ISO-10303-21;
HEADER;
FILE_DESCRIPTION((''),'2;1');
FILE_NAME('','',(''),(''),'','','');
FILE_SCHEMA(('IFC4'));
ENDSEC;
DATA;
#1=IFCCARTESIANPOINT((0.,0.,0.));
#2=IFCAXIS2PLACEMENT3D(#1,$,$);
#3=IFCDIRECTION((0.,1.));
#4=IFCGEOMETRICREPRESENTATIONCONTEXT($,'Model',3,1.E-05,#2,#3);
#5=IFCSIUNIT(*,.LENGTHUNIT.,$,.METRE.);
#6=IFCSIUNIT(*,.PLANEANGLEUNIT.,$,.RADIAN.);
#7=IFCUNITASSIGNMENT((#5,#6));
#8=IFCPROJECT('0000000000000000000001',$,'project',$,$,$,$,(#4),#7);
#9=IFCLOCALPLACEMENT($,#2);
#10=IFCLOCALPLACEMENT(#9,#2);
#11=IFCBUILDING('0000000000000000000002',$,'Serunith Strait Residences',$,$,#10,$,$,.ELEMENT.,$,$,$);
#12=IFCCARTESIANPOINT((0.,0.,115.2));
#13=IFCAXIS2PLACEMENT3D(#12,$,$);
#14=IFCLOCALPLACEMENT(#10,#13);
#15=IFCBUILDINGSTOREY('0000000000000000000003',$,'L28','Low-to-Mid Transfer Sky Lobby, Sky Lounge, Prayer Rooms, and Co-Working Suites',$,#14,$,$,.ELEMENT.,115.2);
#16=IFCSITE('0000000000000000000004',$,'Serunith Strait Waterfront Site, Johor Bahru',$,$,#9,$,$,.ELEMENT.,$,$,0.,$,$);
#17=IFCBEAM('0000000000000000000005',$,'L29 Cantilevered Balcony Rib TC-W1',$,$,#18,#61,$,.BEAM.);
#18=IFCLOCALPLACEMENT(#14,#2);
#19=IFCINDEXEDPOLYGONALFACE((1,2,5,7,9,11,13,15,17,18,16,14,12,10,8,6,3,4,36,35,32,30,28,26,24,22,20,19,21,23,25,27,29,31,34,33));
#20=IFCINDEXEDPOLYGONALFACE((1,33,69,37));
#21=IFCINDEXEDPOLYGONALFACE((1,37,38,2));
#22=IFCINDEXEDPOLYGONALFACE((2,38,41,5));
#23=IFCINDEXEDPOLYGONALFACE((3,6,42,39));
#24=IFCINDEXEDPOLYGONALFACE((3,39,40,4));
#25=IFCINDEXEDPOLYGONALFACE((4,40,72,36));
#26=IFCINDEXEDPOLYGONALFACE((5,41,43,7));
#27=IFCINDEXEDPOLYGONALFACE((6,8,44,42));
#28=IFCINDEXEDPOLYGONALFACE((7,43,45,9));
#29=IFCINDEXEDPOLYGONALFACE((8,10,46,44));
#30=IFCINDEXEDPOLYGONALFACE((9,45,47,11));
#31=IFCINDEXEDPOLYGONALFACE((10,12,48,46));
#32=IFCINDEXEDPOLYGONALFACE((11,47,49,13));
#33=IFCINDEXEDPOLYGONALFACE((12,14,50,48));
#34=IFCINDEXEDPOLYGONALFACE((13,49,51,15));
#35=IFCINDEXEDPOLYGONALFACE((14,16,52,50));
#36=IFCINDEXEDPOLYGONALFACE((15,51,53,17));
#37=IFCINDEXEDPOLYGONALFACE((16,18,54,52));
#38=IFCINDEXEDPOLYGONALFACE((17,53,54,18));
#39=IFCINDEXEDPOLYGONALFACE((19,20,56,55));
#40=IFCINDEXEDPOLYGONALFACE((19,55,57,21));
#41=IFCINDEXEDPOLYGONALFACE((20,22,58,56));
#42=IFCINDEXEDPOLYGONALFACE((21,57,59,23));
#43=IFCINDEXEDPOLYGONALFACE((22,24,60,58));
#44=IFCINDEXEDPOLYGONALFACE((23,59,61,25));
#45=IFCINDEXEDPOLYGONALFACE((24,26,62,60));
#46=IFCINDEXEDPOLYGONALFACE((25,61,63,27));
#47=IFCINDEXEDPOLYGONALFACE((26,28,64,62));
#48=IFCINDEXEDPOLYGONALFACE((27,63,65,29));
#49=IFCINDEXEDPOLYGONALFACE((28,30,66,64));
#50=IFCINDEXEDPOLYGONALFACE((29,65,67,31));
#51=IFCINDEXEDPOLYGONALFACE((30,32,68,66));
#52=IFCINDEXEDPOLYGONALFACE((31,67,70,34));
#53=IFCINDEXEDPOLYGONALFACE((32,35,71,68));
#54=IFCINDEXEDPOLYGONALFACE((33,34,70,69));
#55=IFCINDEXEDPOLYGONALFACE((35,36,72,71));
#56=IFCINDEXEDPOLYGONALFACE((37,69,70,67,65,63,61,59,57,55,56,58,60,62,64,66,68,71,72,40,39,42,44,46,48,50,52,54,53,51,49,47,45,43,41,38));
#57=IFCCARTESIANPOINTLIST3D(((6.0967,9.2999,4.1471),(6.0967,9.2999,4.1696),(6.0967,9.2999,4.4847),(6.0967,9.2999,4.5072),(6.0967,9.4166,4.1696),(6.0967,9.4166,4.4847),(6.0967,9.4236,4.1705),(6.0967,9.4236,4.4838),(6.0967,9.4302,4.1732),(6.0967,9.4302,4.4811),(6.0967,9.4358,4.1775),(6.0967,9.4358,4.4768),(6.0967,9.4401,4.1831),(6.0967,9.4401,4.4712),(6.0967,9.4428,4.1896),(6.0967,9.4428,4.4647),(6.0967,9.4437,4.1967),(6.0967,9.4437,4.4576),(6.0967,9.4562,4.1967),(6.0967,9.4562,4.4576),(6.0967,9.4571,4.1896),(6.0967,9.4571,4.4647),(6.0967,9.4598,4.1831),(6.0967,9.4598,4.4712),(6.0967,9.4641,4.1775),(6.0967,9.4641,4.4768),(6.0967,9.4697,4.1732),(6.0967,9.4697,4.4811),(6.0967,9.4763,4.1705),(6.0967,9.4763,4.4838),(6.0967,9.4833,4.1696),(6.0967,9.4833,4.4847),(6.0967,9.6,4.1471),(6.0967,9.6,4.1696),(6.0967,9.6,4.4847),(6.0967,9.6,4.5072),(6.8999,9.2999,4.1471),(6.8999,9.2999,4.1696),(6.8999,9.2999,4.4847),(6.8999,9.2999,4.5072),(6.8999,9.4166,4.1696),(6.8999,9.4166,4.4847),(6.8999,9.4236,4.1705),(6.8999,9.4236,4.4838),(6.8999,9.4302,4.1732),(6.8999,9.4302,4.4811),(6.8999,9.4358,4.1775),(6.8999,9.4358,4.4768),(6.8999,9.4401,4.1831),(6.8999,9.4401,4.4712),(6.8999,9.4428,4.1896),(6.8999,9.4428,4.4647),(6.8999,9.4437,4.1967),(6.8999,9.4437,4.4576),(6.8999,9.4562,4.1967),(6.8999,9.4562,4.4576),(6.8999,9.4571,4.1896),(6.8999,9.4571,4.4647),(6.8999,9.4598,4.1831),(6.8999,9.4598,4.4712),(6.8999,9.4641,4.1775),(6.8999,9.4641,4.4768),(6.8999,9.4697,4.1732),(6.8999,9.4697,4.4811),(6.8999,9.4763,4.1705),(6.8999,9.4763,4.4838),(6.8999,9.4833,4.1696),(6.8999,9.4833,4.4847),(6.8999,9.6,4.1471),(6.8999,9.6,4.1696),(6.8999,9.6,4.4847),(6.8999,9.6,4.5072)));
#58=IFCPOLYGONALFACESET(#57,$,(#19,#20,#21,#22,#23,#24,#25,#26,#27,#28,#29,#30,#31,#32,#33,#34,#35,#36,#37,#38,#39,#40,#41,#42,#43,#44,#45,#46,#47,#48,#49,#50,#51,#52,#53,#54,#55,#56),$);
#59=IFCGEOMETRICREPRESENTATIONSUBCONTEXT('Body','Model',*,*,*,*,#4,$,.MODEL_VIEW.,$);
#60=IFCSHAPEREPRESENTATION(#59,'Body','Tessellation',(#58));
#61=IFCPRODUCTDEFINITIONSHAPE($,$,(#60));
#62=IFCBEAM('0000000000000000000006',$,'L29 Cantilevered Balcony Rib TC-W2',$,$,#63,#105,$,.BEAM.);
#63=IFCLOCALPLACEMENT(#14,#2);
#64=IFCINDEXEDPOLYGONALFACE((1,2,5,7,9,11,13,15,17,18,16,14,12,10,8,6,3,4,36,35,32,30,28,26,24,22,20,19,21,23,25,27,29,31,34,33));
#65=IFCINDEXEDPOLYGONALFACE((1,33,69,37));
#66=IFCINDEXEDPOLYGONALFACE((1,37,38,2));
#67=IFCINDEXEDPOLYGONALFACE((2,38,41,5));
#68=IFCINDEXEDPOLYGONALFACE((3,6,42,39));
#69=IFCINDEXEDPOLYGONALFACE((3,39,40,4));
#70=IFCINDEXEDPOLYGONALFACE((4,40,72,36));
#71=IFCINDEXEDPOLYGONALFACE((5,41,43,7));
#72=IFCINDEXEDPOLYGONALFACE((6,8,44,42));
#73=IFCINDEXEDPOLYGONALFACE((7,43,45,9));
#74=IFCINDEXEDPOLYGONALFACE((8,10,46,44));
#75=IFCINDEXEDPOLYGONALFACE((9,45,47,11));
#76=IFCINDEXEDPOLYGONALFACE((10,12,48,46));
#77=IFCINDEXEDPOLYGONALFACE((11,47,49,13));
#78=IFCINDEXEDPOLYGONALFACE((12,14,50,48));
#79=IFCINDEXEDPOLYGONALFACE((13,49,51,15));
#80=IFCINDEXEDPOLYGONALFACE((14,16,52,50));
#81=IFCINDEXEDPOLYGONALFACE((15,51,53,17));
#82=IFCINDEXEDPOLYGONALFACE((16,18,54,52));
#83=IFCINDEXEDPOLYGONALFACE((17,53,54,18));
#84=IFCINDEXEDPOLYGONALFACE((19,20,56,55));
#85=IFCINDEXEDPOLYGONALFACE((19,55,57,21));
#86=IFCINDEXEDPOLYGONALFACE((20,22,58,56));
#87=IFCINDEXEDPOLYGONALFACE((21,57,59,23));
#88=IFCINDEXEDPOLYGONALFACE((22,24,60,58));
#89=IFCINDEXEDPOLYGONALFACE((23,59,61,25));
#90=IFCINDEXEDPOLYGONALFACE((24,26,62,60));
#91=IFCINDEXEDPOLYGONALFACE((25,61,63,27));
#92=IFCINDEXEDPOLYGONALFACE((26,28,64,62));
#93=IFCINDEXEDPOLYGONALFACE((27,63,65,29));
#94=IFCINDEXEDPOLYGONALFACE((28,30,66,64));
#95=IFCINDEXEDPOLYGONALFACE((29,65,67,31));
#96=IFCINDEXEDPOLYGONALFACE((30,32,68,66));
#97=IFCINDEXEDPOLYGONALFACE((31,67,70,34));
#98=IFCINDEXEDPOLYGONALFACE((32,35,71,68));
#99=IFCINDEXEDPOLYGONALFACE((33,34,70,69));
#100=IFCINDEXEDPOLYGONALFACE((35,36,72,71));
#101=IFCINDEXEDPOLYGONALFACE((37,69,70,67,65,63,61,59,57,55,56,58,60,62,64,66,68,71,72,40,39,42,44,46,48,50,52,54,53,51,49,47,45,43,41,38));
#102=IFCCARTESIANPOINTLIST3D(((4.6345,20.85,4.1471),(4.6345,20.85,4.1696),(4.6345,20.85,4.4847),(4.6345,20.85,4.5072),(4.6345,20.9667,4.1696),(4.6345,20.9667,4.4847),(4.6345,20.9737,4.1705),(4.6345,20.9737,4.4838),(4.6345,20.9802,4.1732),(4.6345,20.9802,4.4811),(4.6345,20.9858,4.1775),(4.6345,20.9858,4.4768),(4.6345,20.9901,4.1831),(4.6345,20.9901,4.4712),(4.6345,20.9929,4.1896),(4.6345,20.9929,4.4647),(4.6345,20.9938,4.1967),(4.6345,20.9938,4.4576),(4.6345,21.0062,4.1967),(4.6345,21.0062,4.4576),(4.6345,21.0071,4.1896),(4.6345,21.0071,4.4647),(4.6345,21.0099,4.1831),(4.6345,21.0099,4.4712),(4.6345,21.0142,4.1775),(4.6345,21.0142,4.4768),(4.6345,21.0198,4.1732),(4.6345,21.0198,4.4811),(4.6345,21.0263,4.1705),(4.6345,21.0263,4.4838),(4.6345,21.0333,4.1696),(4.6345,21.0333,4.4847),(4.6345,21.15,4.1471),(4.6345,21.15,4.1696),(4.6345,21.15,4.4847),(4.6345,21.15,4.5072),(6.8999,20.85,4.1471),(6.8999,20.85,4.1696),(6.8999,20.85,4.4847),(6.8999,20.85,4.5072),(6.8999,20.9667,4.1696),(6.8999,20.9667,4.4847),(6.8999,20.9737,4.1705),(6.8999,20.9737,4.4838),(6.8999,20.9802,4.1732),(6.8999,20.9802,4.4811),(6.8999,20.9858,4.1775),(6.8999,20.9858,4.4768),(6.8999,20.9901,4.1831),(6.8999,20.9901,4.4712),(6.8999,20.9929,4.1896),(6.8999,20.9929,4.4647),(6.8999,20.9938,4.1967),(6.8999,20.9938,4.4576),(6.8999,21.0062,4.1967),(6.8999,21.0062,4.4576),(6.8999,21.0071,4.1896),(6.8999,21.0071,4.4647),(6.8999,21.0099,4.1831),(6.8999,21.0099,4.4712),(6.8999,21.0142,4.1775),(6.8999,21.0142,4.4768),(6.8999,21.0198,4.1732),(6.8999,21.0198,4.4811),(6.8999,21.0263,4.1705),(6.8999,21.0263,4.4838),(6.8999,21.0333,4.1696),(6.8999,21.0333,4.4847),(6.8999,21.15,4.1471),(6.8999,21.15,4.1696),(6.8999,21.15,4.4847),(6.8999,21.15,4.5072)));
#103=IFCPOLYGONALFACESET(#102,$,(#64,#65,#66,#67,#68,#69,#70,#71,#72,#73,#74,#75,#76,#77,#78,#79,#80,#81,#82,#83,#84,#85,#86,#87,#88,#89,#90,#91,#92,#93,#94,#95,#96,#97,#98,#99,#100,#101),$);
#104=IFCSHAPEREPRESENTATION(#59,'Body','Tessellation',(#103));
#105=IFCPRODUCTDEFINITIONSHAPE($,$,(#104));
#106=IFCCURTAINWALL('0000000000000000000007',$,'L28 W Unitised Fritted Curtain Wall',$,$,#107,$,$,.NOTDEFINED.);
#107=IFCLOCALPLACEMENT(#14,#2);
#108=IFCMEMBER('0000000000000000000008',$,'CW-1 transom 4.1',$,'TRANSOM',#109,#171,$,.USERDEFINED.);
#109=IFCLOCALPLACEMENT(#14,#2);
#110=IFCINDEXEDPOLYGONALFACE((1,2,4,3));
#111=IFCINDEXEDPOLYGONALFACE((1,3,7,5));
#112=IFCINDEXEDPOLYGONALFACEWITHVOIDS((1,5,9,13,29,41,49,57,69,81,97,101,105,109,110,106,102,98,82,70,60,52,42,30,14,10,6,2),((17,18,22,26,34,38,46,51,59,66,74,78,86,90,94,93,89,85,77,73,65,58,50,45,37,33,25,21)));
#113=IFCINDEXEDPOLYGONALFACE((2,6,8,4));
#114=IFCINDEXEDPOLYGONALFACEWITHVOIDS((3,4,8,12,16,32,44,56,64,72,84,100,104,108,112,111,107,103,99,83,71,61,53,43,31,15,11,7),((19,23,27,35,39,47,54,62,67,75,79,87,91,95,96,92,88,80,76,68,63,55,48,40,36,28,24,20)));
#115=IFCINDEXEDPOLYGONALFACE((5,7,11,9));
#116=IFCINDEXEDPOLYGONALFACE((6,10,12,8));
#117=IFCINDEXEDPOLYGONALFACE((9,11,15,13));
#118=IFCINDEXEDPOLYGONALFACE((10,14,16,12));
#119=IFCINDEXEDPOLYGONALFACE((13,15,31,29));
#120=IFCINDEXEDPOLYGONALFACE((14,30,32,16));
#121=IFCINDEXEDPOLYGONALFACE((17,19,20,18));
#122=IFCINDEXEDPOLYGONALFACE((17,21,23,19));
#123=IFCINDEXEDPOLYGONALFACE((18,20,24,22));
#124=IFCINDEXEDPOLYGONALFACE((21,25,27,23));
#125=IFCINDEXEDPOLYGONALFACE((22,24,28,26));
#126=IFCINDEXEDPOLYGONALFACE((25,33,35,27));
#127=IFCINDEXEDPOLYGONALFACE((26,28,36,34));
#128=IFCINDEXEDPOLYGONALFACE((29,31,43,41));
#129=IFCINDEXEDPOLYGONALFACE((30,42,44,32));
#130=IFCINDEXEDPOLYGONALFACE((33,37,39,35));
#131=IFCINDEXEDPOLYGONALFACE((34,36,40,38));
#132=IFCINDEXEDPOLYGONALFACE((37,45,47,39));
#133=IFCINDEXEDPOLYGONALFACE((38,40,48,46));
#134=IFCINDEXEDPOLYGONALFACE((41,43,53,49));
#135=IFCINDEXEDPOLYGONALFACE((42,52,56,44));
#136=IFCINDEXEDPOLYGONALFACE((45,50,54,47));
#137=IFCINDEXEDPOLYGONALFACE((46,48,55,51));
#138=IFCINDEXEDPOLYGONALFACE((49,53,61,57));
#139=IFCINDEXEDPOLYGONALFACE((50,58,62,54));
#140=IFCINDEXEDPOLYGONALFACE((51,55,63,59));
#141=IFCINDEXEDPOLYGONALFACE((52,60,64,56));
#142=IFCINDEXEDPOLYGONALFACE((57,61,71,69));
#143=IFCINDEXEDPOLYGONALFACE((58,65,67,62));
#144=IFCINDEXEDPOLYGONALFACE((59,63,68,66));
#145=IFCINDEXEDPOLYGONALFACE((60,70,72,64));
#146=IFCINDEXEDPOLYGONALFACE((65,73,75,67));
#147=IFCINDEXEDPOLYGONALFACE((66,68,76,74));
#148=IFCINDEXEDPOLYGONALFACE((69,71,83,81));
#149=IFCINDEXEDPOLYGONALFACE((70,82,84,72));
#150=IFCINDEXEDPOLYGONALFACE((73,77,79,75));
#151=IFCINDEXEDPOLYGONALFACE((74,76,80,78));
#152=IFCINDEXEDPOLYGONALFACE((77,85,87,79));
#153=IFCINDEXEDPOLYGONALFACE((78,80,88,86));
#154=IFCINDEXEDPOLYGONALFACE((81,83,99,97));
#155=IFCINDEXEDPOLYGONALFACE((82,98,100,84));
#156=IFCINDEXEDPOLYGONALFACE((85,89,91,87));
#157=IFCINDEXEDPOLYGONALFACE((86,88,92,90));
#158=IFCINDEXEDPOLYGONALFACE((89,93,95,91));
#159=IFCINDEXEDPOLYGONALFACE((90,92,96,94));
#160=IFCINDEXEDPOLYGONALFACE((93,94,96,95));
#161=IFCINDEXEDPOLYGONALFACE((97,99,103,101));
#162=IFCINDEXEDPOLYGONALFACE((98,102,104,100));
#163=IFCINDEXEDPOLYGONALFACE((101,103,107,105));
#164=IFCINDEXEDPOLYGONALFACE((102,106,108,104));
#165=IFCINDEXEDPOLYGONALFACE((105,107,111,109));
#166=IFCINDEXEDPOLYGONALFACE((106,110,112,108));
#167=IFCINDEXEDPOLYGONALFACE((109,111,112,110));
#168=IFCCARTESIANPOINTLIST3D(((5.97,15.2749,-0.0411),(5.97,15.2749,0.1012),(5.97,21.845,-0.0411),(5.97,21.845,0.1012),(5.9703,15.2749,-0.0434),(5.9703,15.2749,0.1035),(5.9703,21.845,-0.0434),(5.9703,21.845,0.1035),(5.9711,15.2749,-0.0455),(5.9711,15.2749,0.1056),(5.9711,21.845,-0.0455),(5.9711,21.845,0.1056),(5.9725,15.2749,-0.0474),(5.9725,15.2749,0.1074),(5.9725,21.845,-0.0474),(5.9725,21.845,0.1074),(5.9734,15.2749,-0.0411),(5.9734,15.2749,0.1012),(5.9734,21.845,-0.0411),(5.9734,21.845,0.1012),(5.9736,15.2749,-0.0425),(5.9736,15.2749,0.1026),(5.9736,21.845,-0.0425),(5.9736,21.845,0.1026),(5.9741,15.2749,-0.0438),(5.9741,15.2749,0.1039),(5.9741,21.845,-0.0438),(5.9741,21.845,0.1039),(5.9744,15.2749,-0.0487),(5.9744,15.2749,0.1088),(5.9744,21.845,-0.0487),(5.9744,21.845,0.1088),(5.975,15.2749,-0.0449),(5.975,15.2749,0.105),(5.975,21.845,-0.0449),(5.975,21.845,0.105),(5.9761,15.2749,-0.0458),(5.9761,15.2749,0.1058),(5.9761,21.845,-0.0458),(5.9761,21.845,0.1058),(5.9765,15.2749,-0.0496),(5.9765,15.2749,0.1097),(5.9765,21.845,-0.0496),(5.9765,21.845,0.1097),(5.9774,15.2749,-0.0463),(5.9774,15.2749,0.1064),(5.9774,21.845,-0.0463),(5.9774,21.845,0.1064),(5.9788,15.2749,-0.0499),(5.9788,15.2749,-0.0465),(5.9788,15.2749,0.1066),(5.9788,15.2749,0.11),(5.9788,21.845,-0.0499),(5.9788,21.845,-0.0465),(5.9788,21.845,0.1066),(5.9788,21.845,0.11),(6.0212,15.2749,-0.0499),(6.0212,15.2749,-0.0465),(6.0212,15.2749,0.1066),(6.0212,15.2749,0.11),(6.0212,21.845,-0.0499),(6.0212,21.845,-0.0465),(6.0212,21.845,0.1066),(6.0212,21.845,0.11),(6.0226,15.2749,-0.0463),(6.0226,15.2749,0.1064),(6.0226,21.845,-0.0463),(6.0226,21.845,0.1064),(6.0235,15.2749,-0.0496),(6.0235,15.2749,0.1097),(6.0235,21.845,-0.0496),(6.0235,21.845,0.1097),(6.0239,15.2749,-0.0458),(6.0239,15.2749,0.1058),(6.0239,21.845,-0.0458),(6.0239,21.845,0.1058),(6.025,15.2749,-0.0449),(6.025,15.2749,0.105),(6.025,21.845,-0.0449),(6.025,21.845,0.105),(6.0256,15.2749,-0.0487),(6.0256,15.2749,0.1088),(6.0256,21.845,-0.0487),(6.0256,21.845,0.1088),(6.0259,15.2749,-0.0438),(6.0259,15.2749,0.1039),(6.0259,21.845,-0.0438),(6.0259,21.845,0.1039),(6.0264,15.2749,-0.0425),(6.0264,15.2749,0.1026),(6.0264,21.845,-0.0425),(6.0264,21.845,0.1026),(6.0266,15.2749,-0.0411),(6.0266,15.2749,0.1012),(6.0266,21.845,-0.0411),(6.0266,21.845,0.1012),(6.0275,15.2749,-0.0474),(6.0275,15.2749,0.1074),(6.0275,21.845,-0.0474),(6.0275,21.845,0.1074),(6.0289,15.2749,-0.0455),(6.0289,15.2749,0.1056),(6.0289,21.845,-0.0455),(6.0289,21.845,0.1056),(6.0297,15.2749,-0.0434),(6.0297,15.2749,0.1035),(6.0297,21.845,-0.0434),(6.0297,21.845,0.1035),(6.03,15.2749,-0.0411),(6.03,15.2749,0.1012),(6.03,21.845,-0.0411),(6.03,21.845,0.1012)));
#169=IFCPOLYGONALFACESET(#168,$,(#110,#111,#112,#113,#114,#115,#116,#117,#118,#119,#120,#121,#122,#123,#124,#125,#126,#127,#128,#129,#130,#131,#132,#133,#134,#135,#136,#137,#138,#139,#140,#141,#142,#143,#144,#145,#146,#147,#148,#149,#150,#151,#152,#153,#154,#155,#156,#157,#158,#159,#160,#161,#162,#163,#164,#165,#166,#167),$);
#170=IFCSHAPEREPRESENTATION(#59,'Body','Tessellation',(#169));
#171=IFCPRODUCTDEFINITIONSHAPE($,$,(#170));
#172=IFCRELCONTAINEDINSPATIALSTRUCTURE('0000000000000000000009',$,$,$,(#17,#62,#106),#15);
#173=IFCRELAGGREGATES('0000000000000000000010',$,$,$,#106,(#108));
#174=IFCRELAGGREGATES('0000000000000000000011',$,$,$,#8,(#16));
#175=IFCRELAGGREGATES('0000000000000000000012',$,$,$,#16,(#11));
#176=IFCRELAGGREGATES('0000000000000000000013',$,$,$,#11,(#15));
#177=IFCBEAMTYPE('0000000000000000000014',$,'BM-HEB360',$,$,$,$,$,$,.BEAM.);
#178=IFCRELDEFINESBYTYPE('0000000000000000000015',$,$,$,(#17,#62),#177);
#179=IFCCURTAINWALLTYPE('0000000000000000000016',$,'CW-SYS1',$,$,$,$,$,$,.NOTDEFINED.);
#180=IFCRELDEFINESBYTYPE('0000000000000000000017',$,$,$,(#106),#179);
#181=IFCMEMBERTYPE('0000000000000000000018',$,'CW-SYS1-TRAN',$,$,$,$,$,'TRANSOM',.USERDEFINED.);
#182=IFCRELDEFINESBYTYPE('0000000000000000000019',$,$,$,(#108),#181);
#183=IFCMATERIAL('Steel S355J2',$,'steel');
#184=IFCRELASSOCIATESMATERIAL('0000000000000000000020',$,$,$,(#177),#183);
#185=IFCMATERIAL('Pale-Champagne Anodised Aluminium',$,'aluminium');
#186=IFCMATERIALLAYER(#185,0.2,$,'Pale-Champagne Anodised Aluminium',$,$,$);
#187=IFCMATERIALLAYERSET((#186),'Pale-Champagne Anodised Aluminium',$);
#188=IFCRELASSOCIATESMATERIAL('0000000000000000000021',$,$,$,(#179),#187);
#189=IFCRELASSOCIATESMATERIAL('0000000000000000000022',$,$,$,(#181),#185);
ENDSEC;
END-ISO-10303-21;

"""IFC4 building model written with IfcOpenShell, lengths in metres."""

from ifc_helpers import new_model, si_unit, direction, frame, origin, origin_2d, place, context, subcontext, project, spatial, hollow_rectangle, i_section, extrude, source, transform, mapped, material, layer, layer_set, material_profile, profile_set, type_object, element, aggregate, save


model = new_model("IFC4")

# Units and contexts
model_context = context("Model", 3, precision=1e-05, world=origin(), true_north=direction((0.0, 1.0)))
body_context = subcontext(model_context, "Body", "Model", "MODEL_VIEW")
ifc_project = project(units=[si_unit("LENGTHUNIT", "METRE"), si_unit("PLANEANGLEUNIT", "RADIAN")], contexts=[model_context])

# Site, building, storey
site_placement = place(None, origin())
site = spatial("IfcSite", under=ifc_project, at=site_placement, Name="Serunith Strait Waterfront Site, Johor Bahru", CompositionType="ELEMENT", RefElevation=0.0)
building_placement = place(site_placement, origin())
building = spatial("IfcBuilding", under=site, at=building_placement, Name="Serunith Strait Residences", CompositionType="ELEMENT")
storey_placement = place(building_placement, frame((0.0, 0.0, 115.2)))
storey = spatial("IfcBuildingStorey", under=building, at=storey_placement, Name="L28", Description="Low-to-Mid Transfer Sky Lobby, Sky Lounge, Prayer Rooms, and Co-Working Suites", CompositionType="ELEMENT", Elevation=115.2)

# Beams
ifc_material_1 = material(Name="Steel S355J2", Category="steel")
ifc_material_profile_1 = material_profile(ifc_material_1, i_section(OverallWidth=0.3, OverallDepth=0.3601, WebThickness=0.0125, FlangeThickness=0.0225, FilletRadius=0.0271, at=origin_2d()), Name="HEB 360")
ifc_profile_set_1 = profile_set([ifc_material_profile_1], Name="Steel S355J2")
beam_type_1 = type_object("IfcBeamType", Name="BM-HEB360", PredefinedType="BEAM", material=ifc_profile_set_1)
shared_shape_1 = source(origin(), body_context, "Body", "SweptSolid", [
    extrude(i_section(OverallWidth=0.3, OverallDepth=0.3601, WebThickness=0.0125, FlangeThickness=0.0225, FilletRadius=0.0271, at=origin_2d()), origin(), (0.0, 0.0, 1.0), 0.8032),
])
beam_1_placement = place(storey_placement, frame((6.8999, 9.45, 4.3271), z_axis=(-1.0, 0.0, 0.0), x_axis=(0.0, -1.0, 0.0)))
element("IfcBeam", 1, at=beam_1_placement, inside=storey, type_object=beam_type_1, Name="L29 Cantilevered Balcony Rib TC-W1", PredefinedType="BEAM", context=body_context, shape_type="MappedRepresentation", body=[
    mapped(shared_shape_1, transform((0.0, 0.0, 0.0), scale=1.0)),
])
shared_shape_2 = source(origin(), body_context, "Body", "SweptSolid", [
    extrude(i_section(OverallWidth=0.3, OverallDepth=0.3601, WebThickness=0.0125, FlangeThickness=0.0225, FilletRadius=0.0271, at=origin_2d()), origin(), (0.0, 0.0, 1.0), 2.2654),
])
beam_2_placement = place(storey_placement, frame((6.8999, 21.0, 4.3271), z_axis=(-1.0, 0.0, 0.0), x_axis=(0.0, -1.0, 0.0)))
element("IfcBeam", 2, at=beam_2_placement, inside=storey, type_object=beam_type_1, Name="L29 Cantilevered Balcony Rib TC-W2", PredefinedType="BEAM", context=body_context, shape_type="MappedRepresentation", body=[
    mapped(shared_shape_2, transform((0.0, 0.0, 0.0), scale=1.0)),
])

# Curtain wall, member
ifc_material_2 = material(Name="Pale-Champagne Anodised Aluminium", Category="aluminium")
ifc_layer_1 = layer(ifc_material_2, 0.2, Name="Pale-Champagne Anodised Aluminium")
ifc_layer_set_1 = layer_set([ifc_layer_1], Name="Pale-Champagne Anodised Aluminium")
curtain_wall_type = type_object("IfcCurtainWallType", Name="CW-SYS1", PredefinedType="NOTDEFINED", material=ifc_layer_set_1)
curtain_wall_placement = place(storey_placement, origin())
curtain_wall = element("IfcCurtainWall", 3, at=curtain_wall_placement, inside=storey, type_object=curtain_wall_type, Name="L28 W Unitised Fritted Curtain Wall", PredefinedType="NOTDEFINED")
ifc_material_profile_2 = material_profile(ifc_material_2, hollow_rectangle(XDim=0.0601, YDim=0.1599, WallThickness=0.0034, InnerFilletRadius=0.0054, OuterFilletRadius=0.0088, at=origin_2d()), Name="ALU 160x60x3.5")
ifc_profile_set_2 = profile_set([ifc_material_profile_2], Name="Pale-Champagne Anodised Aluminium")
member_type_1 = type_object("IfcMemberType", Name="CW-SYS1-TRAN", ElementType="TRANSOM", PredefinedType="USERDEFINED", material=ifc_profile_set_2)
shared_shape_3 = source(origin(), body_context, "Body", "SweptSolid", [
    extrude(hollow_rectangle(XDim=0.0601, YDim=0.1599, WallThickness=0.0034, InnerFilletRadius=0.0054, OuterFilletRadius=0.0088, at=origin_2d()), origin(), (0.0, 0.0, 1.0), 6.5701),
])
member_1_placement = place(storey_placement, frame((6.0, 21.845, 0.03), z_axis=(0.0, -1.0, 0.0), x_axis=(1.0, 0.0, 0.0)))
member_1 = element("IfcMember", 4, at=member_1_placement, type_object=member_type_1, Name="CW-1 transom 4.1", ObjectType="TRANSOM", PredefinedType="USERDEFINED", context=body_context, shape_type="MappedRepresentation", body=[
    mapped(shared_shape_3, transform((0.0, 0.0, 0.0), scale=1.0)),
])
aggregate(curtain_wall, [member_1])

save(model, "model.ifc")
